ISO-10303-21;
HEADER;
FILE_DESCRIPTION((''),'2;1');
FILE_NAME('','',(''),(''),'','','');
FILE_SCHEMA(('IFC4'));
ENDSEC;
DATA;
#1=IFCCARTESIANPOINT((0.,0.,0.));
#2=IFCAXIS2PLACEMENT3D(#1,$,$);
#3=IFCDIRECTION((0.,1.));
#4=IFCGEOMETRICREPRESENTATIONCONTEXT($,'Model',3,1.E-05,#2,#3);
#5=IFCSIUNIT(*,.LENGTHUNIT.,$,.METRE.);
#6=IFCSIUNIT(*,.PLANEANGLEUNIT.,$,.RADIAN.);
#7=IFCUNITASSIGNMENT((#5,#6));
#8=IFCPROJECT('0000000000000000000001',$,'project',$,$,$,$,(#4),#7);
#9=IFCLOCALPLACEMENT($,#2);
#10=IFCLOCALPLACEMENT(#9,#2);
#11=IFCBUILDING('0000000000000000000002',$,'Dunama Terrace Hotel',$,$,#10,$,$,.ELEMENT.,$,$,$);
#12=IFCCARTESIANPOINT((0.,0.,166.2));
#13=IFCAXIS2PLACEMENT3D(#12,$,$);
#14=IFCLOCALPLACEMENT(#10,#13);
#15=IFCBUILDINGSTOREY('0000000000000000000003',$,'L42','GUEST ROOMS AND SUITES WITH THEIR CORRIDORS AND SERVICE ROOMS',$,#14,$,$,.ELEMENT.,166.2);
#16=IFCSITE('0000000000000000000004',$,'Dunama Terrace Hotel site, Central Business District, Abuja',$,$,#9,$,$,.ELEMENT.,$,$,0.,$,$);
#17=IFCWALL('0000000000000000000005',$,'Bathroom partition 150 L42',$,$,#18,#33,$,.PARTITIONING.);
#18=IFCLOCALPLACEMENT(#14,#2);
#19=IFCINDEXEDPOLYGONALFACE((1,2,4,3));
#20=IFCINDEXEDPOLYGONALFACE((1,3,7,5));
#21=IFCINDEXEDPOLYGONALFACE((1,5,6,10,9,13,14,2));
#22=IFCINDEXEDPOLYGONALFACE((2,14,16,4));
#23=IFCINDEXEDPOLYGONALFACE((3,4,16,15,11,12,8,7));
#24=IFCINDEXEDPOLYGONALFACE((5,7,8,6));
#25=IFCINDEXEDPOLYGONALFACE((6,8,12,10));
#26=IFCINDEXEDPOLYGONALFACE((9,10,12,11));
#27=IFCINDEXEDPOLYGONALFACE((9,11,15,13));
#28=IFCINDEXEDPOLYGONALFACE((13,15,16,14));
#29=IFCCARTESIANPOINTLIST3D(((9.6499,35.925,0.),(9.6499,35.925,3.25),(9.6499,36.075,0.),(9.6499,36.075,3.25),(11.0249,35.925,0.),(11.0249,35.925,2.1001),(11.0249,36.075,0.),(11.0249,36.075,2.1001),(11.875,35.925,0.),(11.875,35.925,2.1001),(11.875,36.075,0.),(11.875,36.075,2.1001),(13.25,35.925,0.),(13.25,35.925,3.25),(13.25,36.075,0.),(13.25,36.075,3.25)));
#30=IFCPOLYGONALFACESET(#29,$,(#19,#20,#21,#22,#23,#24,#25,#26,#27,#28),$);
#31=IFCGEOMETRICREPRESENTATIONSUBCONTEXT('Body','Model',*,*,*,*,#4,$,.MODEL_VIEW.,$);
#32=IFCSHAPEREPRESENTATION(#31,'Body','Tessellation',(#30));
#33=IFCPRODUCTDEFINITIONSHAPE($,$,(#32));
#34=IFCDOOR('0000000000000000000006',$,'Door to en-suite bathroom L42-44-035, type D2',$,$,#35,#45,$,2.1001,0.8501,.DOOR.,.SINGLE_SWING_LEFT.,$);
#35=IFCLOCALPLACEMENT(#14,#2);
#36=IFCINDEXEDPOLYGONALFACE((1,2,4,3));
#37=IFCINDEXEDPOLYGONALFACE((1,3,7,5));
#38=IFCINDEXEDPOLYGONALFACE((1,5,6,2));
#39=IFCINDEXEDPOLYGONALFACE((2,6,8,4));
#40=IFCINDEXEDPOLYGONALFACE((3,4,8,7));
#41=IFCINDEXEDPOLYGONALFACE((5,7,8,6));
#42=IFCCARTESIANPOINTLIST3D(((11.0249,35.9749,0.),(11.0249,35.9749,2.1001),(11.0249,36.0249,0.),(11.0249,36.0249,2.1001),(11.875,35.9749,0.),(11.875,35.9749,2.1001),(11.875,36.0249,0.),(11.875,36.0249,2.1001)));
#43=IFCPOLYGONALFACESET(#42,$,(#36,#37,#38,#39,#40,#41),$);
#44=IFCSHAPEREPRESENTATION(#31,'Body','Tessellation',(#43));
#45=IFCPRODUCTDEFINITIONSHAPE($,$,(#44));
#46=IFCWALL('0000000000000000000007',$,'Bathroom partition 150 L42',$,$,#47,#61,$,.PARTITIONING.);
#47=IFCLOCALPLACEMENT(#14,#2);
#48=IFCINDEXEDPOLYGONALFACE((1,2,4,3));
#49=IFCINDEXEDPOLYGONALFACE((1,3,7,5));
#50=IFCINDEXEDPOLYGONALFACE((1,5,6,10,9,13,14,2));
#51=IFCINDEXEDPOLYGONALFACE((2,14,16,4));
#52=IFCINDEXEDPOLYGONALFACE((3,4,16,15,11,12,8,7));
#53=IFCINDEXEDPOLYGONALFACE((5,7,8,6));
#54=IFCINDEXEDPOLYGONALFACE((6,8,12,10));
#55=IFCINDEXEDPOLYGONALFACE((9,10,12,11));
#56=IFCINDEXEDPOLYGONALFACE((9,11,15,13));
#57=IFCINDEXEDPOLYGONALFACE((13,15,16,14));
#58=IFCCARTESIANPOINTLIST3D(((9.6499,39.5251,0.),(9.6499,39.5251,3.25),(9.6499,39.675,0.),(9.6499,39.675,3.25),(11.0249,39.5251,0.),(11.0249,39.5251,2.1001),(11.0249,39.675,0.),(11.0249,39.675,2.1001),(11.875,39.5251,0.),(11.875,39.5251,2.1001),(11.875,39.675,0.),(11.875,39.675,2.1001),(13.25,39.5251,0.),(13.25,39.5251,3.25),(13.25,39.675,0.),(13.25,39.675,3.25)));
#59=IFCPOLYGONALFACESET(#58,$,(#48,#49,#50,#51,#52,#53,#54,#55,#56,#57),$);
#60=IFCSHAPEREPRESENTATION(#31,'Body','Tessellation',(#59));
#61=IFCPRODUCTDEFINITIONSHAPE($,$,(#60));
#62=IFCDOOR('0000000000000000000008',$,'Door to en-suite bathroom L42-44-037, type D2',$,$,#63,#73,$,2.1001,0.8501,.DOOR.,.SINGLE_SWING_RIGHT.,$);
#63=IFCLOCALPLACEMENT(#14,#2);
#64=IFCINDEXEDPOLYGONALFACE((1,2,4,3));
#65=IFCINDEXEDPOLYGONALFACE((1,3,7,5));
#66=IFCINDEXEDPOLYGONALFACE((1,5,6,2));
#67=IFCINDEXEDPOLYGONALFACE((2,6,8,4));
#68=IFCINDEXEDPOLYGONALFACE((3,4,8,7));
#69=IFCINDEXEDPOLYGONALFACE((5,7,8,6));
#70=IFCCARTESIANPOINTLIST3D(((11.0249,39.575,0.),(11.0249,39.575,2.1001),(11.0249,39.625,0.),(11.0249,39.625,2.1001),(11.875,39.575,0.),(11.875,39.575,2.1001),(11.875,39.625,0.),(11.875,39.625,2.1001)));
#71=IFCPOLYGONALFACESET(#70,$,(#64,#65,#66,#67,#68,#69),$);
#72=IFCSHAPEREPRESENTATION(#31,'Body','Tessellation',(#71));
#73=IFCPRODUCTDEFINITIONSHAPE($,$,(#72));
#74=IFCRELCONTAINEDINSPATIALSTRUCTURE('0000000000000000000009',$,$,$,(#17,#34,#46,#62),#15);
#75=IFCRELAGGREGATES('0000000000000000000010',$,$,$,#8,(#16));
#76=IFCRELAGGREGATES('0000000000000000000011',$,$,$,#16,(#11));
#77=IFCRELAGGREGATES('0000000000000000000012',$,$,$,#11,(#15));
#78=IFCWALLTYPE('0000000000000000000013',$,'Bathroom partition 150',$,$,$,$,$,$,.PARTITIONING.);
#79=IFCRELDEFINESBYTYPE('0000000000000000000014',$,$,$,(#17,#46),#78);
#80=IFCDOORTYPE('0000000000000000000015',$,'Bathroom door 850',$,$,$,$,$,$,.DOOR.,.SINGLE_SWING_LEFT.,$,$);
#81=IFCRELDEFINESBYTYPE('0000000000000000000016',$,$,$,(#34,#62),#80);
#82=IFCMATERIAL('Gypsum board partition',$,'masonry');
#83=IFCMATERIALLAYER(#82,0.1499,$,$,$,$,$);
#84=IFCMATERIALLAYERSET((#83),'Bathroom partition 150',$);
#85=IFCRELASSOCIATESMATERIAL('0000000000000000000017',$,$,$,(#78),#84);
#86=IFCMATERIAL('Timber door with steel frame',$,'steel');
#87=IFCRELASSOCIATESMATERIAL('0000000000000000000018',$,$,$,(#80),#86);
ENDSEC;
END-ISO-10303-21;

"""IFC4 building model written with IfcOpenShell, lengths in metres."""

from ifc_helpers import new_model, si_unit, direction, frame, frame_2d, origin, place, context, subcontext, project, spatial, rectangle, extrude, material, layer, layer_set, type_object, element, fill, save


model = new_model("IFC4")

# Units and contexts
model_context = context("Model", 3, precision=1e-05, world=origin(), true_north=direction((0.0, 1.0)))
body_context = subcontext(model_context, "Body", "Model", "MODEL_VIEW")
ifc_project = project(units=[si_unit("LENGTHUNIT", "METRE"), si_unit("PLANEANGLEUNIT", "RADIAN")], contexts=[model_context])

# Site, building, storey
site_placement = place(None, origin())
site = spatial("IfcSite", under=ifc_project, at=site_placement, Name="Dunama Terrace Hotel site, Central Business District, Abuja", CompositionType="ELEMENT", RefElevation=0.0)
building_placement = place(site_placement, origin())
building = spatial("IfcBuilding", under=site, at=building_placement, Name="Dunama Terrace Hotel", CompositionType="ELEMENT")
storey_placement = place(building_placement, frame((0.0, 0.0, 166.2)))
storey = spatial("IfcBuildingStorey", under=building, at=storey_placement, Name="L42", Description="GUEST ROOMS AND SUITES WITH THEIR CORRIDORS AND SERVICE ROOMS", CompositionType="ELEMENT", Elevation=166.2)

# Shared definitions
ifc_material_1 = material(Name="Gypsum board partition", Category="masonry")
ifc_layer = layer(ifc_material_1, 0.1499)
ifc_layer_set = layer_set([ifc_layer], Name="Bathroom partition 150")
wall_type = type_object("IfcWallType", Name="Bathroom partition 150", PredefinedType="PARTITIONING", material=ifc_layer_set)

# Walls, openings, doors
ifc_material_2 = material(Name="Timber door with steel frame", Category="steel")
door_type = type_object("IfcDoorType", Name="Bathroom door 850", OperationType="SINGLE_SWING_LEFT", PredefinedType="DOOR", material=ifc_material_2)
wall_1_placement = place(storey_placement, frame((9.6499, 36.0, 0.0), z_axis=(0.0, 0.0, 1.0), x_axis=(1.0, 0.0, 0.0)))
wall_1 = element("IfcWall", 1, at=wall_1_placement, inside=storey, type_object=wall_type, Name="Bathroom partition 150 L42", PredefinedType="PARTITIONING", context=body_context, shape_type="SweptSolid", body=[
    extrude(rectangle(XDim=3.6001, YDim=0.1499, at=frame_2d((1.8, 0.0))), origin(), (0.0, 0.0, 1.0), 3.25),
])
opening_1_placement = place(wall_1_placement, frame((1.375, 0.0, 0.0)))
opening_1 = element("IfcOpeningElement", 2, at=opening_1_placement, cuts=wall_1, PredefinedType="OPENING", context=body_context, shape_type="SweptSolid", body=[
    extrude(rectangle(XDim=0.8501, YDim=2.1001, at=frame_2d((0.425, 1.05))), frame((0.0, 0.085, 0.0), z_axis=(0.0, -1.0, 0.0), x_axis=(1.0, 0.0, 0.0)), (0.0, 0.0, 1.0), 0.1699),
])
door_1_placement = place(opening_1_placement, frame((0.8501, 0.0, 0.0), z_axis=(0.0, 0.0, 1.0), x_axis=(-1.0, 0.0, 0.0)))
door_1 = element("IfcDoor", 3, at=door_1_placement, inside=storey, type_object=door_type, Name="Door to en-suite bathroom L42-44-035, type D2", OperationType="SINGLE_SWING_LEFT", OverallHeight=2.1001, OverallWidth=0.8501, PredefinedType="DOOR", context=body_context, shape_type="SweptSolid", body=[
    extrude(rectangle(XDim=0.8501, YDim=2.1001, at=frame_2d((0.425, 1.05))), frame((0.0, 0.0251, 0.0), z_axis=(0.0, -1.0, 0.0), x_axis=(1.0, 0.0, 0.0)), (0.0, 0.0, 1.0), 0.05),
])
fill(opening_1, door_1)
wall_2_placement = place(storey_placement, frame((9.6499, 39.6001, 0.0), z_axis=(0.0, 0.0, 1.0), x_axis=(1.0, 0.0, 0.0)))
wall_2 = element("IfcWall", 4, at=wall_2_placement, inside=storey, type_object=wall_type, Name="Bathroom partition 150 L42", PredefinedType="PARTITIONING", context=body_context, shape_type="SweptSolid", body=[
    extrude(rectangle(XDim=3.6001, YDim=0.1499, at=frame_2d((1.8, 0.0))), origin(), (0.0, 0.0, 1.0), 3.25),
])
opening_2_placement = place(wall_2_placement, frame((1.375, 0.0, 0.0)))
opening_2 = element("IfcOpeningElement", 5, at=opening_2_placement, cuts=wall_2, PredefinedType="OPENING", context=body_context, shape_type="SweptSolid", body=[
    extrude(rectangle(XDim=0.8501, YDim=2.1001, at=frame_2d((0.425, 1.05))), frame((0.0, 0.085, 0.0), z_axis=(0.0, -1.0, 0.0), x_axis=(1.0, 0.0, 0.0)), (0.0, 0.0, 1.0), 0.1699),
])
door_2_placement = place(opening_2_placement, origin())
door_2 = element("IfcDoor", 6, at=door_2_placement, inside=storey, type_object=door_type, Name="Door to en-suite bathroom L42-44-037, type D2", OperationType="SINGLE_SWING_RIGHT", OverallHeight=2.1001, OverallWidth=0.8501, PredefinedType="DOOR", context=body_context, shape_type="SweptSolid", body=[
    extrude(rectangle(XDim=0.8501, YDim=2.1001, at=frame_2d((0.425, 1.05))), frame((0.0, 0.0249, 0.0), z_axis=(0.0, -1.0, 0.0), x_axis=(1.0, 0.0, 0.0)), (0.0, 0.0, 1.0), 0.05),
])
fill(opening_2, door_2)

save(model, "model.ifc")
